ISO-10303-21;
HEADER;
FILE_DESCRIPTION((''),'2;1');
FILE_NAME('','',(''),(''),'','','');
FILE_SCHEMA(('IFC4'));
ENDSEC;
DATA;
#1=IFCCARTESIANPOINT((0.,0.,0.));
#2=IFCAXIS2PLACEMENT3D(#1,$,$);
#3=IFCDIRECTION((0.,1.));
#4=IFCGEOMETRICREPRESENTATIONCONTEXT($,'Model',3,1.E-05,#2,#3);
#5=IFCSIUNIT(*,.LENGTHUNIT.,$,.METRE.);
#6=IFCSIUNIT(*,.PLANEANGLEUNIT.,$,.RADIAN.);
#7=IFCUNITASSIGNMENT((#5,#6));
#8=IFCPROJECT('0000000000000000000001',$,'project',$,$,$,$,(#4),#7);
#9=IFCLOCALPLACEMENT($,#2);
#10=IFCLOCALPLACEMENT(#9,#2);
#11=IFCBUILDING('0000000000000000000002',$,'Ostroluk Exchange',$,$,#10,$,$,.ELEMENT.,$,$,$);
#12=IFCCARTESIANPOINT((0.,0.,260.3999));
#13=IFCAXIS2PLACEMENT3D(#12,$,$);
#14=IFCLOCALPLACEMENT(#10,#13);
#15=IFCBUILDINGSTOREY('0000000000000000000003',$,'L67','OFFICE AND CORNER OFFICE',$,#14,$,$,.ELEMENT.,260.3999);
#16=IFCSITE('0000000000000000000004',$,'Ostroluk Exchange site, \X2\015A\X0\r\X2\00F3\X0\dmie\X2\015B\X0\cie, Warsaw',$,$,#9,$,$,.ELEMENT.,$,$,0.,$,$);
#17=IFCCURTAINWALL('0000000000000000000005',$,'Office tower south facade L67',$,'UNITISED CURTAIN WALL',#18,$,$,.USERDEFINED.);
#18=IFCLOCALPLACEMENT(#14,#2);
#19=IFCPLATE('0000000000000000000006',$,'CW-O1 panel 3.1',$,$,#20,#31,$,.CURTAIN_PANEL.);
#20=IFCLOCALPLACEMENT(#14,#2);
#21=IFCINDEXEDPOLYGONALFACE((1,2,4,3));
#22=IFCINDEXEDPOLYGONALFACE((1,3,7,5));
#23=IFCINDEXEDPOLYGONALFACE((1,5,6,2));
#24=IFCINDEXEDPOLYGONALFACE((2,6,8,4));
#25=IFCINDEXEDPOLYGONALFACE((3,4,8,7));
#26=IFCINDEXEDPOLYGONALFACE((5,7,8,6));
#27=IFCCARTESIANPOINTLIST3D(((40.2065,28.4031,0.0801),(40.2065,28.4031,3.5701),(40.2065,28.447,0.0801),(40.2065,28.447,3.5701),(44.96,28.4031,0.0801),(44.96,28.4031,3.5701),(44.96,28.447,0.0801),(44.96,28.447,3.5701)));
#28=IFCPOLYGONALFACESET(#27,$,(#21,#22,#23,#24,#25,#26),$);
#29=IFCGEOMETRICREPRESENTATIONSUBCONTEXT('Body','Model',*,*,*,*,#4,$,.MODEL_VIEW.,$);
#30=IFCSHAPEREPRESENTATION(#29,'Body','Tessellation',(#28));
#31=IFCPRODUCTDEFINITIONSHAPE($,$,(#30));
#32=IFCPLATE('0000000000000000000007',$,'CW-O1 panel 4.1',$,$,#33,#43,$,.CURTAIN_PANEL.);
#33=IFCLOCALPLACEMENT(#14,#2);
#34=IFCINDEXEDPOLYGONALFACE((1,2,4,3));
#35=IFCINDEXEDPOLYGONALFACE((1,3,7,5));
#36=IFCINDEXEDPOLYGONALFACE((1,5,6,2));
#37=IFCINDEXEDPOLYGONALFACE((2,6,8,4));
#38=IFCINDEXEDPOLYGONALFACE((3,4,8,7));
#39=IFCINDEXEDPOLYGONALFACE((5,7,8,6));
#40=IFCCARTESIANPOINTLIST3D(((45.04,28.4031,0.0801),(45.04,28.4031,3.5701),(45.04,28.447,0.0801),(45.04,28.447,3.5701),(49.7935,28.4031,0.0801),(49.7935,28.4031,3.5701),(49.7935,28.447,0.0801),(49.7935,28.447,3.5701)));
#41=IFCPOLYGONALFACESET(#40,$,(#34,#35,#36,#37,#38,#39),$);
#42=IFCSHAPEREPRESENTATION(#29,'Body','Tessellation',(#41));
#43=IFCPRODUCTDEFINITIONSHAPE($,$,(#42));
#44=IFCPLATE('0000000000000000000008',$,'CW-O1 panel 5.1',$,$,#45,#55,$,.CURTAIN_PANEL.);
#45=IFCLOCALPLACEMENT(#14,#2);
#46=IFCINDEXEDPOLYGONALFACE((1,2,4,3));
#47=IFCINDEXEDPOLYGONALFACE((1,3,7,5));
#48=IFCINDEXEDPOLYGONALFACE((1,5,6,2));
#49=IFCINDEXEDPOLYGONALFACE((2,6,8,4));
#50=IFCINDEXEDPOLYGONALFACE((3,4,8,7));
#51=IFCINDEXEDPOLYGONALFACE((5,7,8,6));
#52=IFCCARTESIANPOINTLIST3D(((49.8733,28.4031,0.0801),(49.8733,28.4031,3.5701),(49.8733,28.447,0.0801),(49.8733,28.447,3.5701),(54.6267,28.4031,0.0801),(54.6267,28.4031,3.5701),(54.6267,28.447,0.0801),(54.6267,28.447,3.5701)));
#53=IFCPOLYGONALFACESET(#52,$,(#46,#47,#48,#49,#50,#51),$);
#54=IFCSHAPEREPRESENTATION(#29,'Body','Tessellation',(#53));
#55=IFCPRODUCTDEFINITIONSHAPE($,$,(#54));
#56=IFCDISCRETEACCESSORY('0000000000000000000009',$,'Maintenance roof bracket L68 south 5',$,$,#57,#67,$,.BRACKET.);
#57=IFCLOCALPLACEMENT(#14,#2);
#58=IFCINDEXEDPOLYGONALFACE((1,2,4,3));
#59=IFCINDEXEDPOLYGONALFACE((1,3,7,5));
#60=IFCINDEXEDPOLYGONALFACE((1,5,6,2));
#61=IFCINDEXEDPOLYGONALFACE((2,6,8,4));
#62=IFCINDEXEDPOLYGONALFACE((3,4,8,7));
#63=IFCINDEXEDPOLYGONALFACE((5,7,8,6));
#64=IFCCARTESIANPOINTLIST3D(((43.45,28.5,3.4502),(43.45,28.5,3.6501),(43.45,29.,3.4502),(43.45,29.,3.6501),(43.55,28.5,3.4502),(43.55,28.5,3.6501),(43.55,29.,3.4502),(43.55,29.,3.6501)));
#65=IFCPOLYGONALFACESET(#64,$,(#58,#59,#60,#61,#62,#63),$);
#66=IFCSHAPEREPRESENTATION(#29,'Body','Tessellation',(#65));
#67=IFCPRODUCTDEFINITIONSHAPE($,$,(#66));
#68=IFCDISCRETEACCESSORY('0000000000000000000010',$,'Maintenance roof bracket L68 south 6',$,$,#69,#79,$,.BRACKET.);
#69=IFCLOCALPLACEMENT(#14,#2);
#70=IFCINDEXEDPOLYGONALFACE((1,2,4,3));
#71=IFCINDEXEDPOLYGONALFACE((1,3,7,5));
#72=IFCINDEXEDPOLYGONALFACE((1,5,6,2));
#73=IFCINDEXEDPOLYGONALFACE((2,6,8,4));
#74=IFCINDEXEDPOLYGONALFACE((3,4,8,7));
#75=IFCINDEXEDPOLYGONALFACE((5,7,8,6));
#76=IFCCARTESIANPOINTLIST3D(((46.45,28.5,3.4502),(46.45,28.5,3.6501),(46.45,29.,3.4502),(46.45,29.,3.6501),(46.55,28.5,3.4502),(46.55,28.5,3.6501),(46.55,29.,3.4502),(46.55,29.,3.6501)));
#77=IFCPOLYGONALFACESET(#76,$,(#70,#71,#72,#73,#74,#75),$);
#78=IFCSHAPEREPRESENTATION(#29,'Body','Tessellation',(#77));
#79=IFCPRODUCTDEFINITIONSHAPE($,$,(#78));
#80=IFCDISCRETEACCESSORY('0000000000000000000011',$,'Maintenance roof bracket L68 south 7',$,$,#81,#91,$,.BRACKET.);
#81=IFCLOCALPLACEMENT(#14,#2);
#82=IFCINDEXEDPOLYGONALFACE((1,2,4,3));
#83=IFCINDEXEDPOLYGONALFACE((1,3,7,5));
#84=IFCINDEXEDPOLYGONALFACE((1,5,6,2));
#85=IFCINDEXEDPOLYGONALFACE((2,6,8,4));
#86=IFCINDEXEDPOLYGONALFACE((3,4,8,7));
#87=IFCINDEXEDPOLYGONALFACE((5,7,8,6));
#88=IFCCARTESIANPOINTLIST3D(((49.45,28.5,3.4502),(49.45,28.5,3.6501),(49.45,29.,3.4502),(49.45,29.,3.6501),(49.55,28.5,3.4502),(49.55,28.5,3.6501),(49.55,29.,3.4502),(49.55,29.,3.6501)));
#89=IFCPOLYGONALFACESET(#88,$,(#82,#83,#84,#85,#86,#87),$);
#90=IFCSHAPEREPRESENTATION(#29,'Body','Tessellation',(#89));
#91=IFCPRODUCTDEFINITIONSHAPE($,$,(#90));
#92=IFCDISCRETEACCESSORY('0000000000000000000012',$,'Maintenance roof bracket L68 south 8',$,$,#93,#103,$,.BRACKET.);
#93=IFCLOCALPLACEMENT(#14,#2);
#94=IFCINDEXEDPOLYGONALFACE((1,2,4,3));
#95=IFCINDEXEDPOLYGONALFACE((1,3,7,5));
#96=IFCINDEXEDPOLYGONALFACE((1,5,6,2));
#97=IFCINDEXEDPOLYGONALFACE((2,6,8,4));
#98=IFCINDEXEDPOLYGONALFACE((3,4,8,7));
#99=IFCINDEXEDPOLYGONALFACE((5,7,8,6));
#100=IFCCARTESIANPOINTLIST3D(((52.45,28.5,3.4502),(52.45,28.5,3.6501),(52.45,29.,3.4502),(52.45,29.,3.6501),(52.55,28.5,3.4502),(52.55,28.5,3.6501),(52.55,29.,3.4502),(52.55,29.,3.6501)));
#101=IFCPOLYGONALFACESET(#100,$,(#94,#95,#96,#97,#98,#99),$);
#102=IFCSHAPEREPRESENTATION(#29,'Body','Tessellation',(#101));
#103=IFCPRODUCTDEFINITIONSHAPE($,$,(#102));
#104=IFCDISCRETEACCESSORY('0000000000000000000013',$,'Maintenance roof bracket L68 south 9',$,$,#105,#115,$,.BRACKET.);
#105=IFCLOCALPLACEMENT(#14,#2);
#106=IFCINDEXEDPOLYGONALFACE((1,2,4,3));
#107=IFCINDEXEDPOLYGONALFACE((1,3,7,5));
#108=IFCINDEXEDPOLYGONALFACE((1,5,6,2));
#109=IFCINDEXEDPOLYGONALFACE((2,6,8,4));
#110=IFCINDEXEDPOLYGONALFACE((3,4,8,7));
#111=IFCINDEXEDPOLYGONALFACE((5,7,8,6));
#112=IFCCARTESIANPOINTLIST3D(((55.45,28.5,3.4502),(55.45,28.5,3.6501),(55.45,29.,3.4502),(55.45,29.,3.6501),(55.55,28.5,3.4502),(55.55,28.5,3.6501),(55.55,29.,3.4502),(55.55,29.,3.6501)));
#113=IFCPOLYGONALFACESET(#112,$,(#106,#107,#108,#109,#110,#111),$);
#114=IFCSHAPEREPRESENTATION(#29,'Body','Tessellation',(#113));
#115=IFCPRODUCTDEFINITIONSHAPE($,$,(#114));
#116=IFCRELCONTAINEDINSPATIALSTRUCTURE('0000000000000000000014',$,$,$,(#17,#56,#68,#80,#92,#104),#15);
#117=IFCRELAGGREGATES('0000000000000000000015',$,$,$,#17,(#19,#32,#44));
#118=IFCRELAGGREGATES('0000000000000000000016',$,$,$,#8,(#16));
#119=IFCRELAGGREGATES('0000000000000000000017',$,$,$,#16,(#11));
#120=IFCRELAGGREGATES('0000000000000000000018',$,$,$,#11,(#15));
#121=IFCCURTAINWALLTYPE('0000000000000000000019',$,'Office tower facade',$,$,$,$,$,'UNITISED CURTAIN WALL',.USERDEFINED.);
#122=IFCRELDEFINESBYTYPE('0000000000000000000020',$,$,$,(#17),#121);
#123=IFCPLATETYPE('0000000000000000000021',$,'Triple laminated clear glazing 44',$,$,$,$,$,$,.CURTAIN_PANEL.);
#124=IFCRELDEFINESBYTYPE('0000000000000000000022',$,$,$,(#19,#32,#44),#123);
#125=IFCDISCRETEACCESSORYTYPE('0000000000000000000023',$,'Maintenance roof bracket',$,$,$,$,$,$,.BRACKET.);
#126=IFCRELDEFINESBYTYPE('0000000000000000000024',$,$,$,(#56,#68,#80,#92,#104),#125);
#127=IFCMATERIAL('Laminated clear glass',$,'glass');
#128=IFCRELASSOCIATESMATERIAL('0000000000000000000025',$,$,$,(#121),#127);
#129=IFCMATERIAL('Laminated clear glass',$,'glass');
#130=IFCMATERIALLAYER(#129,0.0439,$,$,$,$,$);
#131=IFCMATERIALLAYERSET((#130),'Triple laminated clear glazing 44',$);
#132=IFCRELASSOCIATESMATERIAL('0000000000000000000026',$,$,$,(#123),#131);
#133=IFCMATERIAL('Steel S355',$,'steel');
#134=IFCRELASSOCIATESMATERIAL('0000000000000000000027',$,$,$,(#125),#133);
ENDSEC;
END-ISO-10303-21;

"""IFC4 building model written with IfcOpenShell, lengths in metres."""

from ifc_helpers import new_model, si_unit, direction, frame, origin, origin_2d, place, context, subcontext, project, spatial, rectangle, extrude, material, layer, layer_set, type_object, element, aggregate, save


model = new_model("IFC4")

# Units and contexts
model_context = context("Model", 3, precision=1e-05, world=origin(), true_north=direction((0.0, 1.0)))
body_context = subcontext(model_context, "Body", "Model", "MODEL_VIEW")
ifc_project = project(units=[si_unit("LENGTHUNIT", "METRE"), si_unit("PLANEANGLEUNIT", "RADIAN")], contexts=[model_context])

# Site, building, storey
site_placement = place(None, origin())
site = spatial("IfcSite", under=ifc_project, at=site_placement, Name="Ostroluk Exchange site, Śródmieście, Warsaw", CompositionType="ELEMENT", RefElevation=0.0)
building_placement = place(site_placement, origin())
building = spatial("IfcBuilding", under=site, at=building_placement, Name="Ostroluk Exchange", CompositionType="ELEMENT")
storey_placement = place(building_placement, frame((0.0, 0.0, 260.3999)))
storey = spatial("IfcBuildingStorey", under=building, at=storey_placement, Name="L67", Description="OFFICE AND CORNER OFFICE", CompositionType="ELEMENT", Elevation=260.3999)

# Curtain wall, plates
ifc_material_1 = material(Name="Laminated clear glass", Category="glass")
curtain_wall_type = type_object("IfcCurtainWallType", Name="Office tower facade", ElementType="UNITISED CURTAIN WALL", PredefinedType="USERDEFINED", material=ifc_material_1)
curtain_wall_placement = place(storey_placement, origin())
curtain_wall = element("IfcCurtainWall", 1, at=curtain_wall_placement, inside=storey, type_object=curtain_wall_type, Name="Office tower south facade L67", ObjectType="UNITISED CURTAIN WALL", PredefinedType="USERDEFINED")
ifc_material_2 = material(Name="Laminated clear glass", Category="glass")
ifc_layer = layer(ifc_material_2, 0.0439)
ifc_layer_set = layer_set([ifc_layer], Name="Triple laminated clear glazing 44")
plate_type = type_object("IfcPlateType", Name="Triple laminated clear glazing 44", PredefinedType="CURTAIN_PANEL", material=ifc_layer_set)
plate_1_placement = place(storey_placement, frame((42.5833, 28.425, 0.0801), z_axis=(0.0, 0.0, 1.0), x_axis=(1.0, 0.0, 0.0)))
plate_1 = element("IfcPlate", 2, at=plate_1_placement, type_object=plate_type, Name="CW-O1 panel 3.1", PredefinedType="CURTAIN_PANEL", context=body_context, shape_type="SweptSolid", body=[
    extrude(rectangle(XDim=4.7534, YDim=0.0439, at=origin_2d()), origin(), (0.0, 0.0, 1.0), 3.49),
])
plate_2_placement = place(storey_placement, frame((47.4167, 28.425, 0.0801), z_axis=(0.0, 0.0, 1.0), x_axis=(1.0, 0.0, 0.0)))
plate_2 = element("IfcPlate", 3, at=plate_2_placement, type_object=plate_type, Name="CW-O1 panel 4.1", PredefinedType="CURTAIN_PANEL", context=body_context, shape_type="SweptSolid", body=[
    extrude(rectangle(XDim=4.7534, YDim=0.0439, at=origin_2d()), origin(), (0.0, 0.0, 1.0), 3.49),
])
plate_3_placement = place(storey_placement, frame((52.25, 28.425, 0.0801), z_axis=(0.0, 0.0, 1.0), x_axis=(1.0, 0.0, 0.0)))
plate_3 = element("IfcPlate", 4, at=plate_3_placement, type_object=plate_type, Name="CW-O1 panel 5.1", PredefinedType="CURTAIN_PANEL", context=body_context, shape_type="SweptSolid", body=[
    extrude(rectangle(XDim=4.7534, YDim=0.0439, at=origin_2d()), origin(), (0.0, 0.0, 1.0), 3.49),
])
aggregate(curtain_wall, [plate_1, plate_2, plate_3])

# Discrete accessories
ifc_material_3 = material(Name="Steel S355", Category="steel")
discrete_accessory_type = type_object("IfcDiscreteAccessoryType", Name="Maintenance roof bracket", PredefinedType="BRACKET", material=ifc_material_3)
for number, where, z_axis, x_axis, name in (
    (5, (43.5, 28.75, 3.4502), (0.0, 0.0, 1.0), (1.0, 0.0, 0.0), "Maintenance roof bracket L68 south 5"),
    (6, (46.5, 28.75, 3.4502), (0.0, 0.0, 1.0), (1.0, 0.0, 0.0), "Maintenance roof bracket L68 south 6"),
    (7, (49.5, 28.75, 3.4502), (0.0, 0.0, 1.0), (1.0, 0.0, 0.0), "Maintenance roof bracket L68 south 7"),
    (8, (52.5, 28.75, 3.4502), (0.0, 0.0, 1.0), (1.0, 0.0, 0.0), "Maintenance roof bracket L68 south 8"),
    (9, (55.5, 28.75, 3.4502), (0.0, 0.0, 1.0), (1.0, 0.0, 0.0), "Maintenance roof bracket L68 south 9"),
):
    element("IfcDiscreteAccessory", number, at=place(storey_placement, frame(where, z_axis=z_axis, x_axis=x_axis)), inside=storey, type_object=discrete_accessory_type, Name=name, PredefinedType="BRACKET", context=body_context, shape_type="SweptSolid", body=[
        extrude(rectangle(XDim=0.1001, YDim=0.5, at=origin_2d()), origin(), (0.0, 0.0, 1.0), 0.2),
    ])

save(model, "model.ifc")
